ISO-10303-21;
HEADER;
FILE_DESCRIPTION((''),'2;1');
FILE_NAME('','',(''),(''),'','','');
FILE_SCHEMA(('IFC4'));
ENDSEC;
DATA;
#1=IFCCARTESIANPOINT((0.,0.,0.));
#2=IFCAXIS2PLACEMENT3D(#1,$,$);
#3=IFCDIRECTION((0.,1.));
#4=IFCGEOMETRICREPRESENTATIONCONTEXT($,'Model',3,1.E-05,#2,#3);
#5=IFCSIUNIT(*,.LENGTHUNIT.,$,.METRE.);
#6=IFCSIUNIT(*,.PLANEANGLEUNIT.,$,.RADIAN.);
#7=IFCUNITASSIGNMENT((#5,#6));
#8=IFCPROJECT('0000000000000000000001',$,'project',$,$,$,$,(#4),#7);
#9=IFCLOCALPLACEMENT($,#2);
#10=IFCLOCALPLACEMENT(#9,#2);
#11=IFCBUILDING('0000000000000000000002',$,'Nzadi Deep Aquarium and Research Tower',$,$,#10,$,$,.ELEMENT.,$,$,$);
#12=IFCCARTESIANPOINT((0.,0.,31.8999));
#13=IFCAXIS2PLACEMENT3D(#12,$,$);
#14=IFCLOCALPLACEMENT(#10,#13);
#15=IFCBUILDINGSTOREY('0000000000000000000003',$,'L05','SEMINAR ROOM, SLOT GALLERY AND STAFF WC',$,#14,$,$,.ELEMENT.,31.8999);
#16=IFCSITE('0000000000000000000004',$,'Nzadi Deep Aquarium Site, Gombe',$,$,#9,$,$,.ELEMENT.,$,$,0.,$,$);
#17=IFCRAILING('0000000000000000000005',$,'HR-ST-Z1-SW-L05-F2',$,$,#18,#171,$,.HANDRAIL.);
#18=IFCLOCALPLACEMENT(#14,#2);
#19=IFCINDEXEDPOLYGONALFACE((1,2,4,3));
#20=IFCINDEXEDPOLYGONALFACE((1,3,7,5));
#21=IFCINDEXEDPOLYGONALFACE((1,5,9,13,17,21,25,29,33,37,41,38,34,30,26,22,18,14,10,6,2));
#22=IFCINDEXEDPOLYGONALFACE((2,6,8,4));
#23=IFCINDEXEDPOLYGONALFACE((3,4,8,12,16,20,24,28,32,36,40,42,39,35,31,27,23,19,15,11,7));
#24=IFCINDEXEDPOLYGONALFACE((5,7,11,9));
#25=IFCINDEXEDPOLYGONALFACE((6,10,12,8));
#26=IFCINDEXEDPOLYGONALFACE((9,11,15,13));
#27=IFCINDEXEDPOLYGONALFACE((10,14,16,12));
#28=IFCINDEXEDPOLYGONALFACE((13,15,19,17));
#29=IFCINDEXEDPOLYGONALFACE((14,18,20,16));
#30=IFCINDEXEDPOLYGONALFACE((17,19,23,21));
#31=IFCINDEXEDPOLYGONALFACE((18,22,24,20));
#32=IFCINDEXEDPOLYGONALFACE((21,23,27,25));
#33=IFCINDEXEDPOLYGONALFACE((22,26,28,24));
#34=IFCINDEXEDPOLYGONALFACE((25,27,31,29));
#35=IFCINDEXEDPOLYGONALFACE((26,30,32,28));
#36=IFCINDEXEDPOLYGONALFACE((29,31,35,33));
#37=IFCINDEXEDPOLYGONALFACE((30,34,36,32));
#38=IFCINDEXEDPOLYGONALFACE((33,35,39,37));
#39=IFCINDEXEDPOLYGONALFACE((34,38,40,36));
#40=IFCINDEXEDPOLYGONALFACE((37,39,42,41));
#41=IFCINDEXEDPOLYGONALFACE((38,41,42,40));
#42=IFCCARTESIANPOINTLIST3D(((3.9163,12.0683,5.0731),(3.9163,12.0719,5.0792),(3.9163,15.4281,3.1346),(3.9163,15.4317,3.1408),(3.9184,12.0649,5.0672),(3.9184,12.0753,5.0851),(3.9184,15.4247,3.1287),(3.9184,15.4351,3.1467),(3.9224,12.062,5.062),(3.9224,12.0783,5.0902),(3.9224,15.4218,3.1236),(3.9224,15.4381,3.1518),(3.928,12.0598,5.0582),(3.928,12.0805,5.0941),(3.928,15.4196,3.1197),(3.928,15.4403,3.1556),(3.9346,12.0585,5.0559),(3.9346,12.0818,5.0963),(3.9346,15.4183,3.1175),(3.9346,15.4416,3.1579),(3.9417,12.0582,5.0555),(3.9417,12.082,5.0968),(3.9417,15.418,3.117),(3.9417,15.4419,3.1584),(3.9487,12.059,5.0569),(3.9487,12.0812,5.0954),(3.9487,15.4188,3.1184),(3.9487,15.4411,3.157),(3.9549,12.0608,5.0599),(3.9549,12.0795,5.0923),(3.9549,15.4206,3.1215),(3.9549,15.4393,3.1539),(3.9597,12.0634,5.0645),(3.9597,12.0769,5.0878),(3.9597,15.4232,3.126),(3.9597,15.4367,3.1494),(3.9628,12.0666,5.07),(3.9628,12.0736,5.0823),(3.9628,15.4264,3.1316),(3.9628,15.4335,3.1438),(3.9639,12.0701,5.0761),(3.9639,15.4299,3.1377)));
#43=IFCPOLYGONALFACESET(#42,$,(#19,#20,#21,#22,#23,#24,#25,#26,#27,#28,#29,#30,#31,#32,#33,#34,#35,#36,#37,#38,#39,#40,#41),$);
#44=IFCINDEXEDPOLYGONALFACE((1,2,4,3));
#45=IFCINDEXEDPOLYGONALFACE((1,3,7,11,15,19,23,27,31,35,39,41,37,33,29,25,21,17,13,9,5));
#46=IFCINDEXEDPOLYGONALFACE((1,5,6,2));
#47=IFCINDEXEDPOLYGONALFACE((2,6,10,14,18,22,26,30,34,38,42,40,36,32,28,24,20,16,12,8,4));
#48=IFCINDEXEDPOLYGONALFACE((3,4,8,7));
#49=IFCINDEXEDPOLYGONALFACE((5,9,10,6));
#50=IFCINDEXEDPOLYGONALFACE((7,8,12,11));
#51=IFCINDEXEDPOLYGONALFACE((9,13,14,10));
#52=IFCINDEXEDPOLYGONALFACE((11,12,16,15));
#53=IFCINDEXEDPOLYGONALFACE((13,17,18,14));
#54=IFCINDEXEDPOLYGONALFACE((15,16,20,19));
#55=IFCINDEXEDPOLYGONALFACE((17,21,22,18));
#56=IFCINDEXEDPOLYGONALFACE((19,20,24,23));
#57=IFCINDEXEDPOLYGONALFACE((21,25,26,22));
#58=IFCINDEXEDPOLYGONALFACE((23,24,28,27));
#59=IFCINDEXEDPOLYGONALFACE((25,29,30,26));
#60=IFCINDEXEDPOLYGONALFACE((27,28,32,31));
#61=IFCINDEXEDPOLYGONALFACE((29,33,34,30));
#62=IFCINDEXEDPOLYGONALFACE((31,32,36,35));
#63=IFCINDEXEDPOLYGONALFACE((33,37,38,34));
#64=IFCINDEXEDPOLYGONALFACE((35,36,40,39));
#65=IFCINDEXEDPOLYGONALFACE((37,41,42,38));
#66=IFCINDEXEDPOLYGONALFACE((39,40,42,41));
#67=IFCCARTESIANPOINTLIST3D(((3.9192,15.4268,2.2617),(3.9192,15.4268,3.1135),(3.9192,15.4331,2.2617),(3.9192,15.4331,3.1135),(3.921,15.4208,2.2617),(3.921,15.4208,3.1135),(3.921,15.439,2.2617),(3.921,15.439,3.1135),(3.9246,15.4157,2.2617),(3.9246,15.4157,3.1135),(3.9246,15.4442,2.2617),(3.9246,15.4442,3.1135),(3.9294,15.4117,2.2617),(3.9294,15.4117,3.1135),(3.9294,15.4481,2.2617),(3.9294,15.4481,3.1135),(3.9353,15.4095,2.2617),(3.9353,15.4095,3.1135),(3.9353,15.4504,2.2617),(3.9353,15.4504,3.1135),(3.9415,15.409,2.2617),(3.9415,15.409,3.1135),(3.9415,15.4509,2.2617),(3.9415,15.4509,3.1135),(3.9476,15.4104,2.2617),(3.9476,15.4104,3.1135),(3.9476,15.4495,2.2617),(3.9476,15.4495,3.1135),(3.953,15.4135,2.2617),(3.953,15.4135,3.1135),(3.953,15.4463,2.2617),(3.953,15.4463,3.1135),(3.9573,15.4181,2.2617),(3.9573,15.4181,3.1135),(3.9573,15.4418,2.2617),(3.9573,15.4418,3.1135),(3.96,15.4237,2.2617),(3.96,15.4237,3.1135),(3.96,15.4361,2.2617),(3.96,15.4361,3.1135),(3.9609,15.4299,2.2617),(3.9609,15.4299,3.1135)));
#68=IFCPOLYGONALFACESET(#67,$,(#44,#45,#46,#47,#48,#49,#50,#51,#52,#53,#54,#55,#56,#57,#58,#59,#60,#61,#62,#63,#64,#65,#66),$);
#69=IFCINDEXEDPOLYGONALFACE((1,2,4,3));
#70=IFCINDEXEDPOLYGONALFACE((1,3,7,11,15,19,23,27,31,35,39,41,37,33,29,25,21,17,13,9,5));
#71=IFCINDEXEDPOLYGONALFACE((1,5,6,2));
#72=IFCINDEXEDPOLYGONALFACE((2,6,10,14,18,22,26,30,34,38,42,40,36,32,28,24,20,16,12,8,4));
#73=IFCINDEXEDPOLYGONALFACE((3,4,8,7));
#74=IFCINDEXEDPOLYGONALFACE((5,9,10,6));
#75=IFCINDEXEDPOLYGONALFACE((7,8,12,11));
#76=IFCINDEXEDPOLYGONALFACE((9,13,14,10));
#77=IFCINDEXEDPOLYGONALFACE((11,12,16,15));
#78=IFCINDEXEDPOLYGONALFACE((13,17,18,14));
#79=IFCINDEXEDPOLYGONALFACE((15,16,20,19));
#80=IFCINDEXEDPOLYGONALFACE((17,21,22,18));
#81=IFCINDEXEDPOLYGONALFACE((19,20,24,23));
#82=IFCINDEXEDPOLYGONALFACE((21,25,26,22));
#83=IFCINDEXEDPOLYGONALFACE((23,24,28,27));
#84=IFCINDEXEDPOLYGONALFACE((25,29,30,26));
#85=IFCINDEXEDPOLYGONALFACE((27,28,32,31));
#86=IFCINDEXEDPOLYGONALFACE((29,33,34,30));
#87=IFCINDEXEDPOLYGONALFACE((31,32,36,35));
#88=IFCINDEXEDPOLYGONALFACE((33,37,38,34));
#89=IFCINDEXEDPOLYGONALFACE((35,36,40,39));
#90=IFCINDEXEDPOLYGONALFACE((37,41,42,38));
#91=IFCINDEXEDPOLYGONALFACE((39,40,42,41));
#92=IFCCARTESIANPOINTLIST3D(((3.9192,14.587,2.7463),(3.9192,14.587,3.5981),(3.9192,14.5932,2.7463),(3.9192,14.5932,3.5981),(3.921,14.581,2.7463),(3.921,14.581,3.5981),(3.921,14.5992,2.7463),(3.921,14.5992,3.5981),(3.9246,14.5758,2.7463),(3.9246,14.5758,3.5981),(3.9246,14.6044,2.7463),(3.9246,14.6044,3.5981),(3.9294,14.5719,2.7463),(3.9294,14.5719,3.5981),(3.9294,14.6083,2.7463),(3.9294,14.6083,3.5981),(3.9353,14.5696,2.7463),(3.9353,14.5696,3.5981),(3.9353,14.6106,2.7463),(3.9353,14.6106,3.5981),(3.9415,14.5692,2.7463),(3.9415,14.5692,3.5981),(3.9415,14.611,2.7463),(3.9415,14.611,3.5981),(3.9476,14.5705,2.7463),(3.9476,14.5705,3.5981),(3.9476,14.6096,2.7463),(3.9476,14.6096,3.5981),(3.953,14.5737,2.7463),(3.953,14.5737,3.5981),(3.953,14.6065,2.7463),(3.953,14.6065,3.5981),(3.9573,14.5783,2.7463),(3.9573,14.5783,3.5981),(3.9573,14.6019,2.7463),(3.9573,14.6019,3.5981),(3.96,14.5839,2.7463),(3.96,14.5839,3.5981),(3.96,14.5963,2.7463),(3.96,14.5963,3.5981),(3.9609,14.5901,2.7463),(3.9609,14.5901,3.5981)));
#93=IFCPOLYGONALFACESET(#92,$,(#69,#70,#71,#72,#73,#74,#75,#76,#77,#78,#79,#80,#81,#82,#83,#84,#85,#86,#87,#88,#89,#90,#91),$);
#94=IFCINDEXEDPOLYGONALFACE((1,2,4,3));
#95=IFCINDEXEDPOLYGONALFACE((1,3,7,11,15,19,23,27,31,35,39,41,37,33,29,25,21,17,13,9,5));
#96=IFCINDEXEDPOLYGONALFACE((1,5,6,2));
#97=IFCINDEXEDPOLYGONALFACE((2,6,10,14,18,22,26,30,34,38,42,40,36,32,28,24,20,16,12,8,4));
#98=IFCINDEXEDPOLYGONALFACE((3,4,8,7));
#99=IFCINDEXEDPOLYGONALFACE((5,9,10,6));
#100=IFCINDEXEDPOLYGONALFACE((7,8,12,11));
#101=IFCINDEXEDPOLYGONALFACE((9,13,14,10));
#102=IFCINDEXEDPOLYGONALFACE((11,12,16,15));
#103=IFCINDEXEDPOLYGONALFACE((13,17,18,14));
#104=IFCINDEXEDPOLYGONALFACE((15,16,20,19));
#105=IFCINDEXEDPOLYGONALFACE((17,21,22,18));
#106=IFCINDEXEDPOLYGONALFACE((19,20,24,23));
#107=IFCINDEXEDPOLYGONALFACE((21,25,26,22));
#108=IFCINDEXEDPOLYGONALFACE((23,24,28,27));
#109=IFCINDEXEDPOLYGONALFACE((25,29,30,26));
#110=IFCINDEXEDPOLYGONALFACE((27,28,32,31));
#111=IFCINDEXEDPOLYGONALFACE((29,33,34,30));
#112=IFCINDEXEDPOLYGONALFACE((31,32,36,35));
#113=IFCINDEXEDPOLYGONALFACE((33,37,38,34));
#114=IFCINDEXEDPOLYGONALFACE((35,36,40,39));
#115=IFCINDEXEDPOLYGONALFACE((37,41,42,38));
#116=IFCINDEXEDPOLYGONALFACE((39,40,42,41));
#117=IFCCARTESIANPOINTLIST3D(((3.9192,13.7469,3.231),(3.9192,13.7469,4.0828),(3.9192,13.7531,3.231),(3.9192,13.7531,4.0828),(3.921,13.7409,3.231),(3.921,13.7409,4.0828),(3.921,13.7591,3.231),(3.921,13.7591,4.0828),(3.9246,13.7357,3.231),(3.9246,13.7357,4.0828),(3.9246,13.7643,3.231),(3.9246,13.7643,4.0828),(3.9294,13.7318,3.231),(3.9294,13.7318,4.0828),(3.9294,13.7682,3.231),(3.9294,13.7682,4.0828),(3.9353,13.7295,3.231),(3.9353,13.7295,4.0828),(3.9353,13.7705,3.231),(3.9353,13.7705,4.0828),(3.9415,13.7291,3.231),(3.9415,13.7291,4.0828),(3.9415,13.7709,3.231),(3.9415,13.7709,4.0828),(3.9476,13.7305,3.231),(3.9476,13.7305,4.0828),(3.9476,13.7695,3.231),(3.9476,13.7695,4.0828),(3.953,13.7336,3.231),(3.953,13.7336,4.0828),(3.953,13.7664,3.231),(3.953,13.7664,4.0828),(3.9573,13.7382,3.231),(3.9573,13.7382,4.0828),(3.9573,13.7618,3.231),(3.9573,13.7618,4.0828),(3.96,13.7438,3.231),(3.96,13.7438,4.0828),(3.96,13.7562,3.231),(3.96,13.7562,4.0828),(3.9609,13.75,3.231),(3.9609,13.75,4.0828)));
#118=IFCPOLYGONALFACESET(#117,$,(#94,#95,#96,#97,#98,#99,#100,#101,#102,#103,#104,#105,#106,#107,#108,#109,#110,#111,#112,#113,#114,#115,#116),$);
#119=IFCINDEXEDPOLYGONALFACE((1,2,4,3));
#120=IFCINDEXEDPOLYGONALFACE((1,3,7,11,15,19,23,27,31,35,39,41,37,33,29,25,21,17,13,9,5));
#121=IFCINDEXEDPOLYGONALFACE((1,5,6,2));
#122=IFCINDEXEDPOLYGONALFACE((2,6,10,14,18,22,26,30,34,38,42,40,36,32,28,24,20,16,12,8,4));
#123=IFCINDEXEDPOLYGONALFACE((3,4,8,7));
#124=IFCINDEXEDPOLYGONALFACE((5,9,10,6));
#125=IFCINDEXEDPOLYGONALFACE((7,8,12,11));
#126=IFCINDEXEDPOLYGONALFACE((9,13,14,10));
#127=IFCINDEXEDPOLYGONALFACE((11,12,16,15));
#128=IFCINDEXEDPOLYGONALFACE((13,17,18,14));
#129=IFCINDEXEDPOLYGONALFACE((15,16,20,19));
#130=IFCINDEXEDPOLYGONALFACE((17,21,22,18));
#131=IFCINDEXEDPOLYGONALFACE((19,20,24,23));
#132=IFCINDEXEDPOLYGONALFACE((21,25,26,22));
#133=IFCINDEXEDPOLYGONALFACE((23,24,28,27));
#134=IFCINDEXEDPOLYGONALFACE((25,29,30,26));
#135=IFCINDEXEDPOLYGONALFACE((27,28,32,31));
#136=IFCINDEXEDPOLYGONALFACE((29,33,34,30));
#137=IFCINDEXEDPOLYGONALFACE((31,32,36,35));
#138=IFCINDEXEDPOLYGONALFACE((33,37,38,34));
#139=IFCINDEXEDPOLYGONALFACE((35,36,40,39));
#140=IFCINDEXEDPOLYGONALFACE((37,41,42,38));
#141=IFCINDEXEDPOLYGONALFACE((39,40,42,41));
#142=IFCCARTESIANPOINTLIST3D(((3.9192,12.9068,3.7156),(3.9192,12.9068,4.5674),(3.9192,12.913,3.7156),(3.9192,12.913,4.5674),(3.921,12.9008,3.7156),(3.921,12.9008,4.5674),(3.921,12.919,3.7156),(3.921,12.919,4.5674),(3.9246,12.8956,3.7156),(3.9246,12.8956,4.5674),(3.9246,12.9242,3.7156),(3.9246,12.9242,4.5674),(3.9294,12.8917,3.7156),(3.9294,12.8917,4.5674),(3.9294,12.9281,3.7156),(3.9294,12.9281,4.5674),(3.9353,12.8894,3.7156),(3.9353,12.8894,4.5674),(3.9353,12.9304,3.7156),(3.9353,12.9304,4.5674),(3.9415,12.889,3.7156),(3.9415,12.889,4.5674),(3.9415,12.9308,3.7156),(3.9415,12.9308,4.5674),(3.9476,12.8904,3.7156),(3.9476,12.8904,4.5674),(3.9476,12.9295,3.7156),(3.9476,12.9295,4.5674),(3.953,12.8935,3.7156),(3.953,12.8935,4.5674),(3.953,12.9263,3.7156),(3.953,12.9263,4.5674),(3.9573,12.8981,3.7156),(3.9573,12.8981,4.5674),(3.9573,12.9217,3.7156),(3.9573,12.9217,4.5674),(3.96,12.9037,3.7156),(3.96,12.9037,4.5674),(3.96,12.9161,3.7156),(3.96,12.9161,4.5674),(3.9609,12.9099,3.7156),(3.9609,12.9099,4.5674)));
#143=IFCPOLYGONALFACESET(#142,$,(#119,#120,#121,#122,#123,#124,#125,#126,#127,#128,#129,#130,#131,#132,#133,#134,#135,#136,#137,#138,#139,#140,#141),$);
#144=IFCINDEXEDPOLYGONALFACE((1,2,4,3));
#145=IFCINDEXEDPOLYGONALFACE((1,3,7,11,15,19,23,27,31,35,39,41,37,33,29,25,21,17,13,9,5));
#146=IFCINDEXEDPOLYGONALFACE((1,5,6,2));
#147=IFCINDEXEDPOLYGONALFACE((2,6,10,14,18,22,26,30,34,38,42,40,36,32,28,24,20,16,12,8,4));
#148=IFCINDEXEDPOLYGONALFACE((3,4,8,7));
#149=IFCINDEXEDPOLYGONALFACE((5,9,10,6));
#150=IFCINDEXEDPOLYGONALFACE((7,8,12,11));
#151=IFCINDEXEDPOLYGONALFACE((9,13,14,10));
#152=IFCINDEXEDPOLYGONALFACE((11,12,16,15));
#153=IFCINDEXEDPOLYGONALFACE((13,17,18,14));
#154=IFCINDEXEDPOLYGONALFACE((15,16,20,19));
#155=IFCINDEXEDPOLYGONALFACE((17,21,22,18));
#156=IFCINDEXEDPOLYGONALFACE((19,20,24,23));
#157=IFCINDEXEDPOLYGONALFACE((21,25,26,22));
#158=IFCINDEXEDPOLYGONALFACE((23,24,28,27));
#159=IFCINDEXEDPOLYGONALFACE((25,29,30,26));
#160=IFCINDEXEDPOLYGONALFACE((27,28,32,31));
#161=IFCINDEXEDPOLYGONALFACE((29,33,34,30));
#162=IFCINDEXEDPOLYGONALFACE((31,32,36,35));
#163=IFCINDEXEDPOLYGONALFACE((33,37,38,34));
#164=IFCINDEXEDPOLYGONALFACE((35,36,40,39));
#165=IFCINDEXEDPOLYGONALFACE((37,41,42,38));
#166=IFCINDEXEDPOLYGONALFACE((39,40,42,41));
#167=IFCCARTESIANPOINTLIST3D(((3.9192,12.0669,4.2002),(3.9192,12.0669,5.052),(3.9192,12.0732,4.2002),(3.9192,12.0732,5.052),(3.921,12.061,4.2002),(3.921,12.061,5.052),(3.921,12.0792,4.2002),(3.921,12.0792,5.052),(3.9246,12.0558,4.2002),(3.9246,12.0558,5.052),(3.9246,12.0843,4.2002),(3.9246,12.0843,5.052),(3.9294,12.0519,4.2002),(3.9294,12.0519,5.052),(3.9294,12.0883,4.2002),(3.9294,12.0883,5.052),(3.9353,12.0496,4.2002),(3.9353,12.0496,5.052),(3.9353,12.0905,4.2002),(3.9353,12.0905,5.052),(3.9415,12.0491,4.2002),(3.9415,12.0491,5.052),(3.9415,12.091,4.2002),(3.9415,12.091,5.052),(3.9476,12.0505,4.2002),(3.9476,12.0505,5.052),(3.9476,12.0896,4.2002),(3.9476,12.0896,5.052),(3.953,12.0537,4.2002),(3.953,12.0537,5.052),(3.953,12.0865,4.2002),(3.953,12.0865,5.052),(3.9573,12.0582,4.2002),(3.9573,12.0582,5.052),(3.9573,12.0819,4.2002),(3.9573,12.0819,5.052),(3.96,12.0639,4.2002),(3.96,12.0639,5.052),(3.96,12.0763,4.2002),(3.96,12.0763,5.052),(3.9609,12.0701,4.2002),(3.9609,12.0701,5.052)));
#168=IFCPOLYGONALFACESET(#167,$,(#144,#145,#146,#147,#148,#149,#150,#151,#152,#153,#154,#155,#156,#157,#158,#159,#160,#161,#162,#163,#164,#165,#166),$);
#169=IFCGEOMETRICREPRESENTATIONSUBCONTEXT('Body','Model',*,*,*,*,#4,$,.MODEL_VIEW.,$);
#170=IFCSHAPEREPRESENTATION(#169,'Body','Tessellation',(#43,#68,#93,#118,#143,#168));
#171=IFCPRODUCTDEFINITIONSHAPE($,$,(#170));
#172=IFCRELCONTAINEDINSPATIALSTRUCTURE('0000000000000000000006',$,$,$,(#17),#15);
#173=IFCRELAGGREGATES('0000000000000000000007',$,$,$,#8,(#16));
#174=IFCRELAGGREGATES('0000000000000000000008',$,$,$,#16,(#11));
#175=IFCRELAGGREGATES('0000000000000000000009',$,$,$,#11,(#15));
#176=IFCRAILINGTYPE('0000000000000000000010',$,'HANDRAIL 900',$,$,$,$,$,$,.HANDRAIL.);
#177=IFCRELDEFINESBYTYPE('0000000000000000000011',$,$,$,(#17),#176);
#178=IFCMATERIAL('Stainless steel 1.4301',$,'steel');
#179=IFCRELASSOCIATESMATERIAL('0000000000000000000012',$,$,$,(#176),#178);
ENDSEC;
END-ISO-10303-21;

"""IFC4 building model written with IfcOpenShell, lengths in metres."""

from ifc_helpers import new_model, si_unit, direction, frame, origin, origin_2d, place, context, subcontext, project, spatial, circle, extrude, material, type_object, element, save


model = new_model("IFC4")

# Units and contexts
model_context = context("Model", 3, precision=1e-05, world=origin(), true_north=direction((0.0, 1.0)))
body_context = subcontext(model_context, "Body", "Model", "MODEL_VIEW")
ifc_project = project(units=[si_unit("LENGTHUNIT", "METRE"), si_unit("PLANEANGLEUNIT", "RADIAN")], contexts=[model_context])

# Site, building, storey
site_placement = place(None, origin())
site = spatial("IfcSite", under=ifc_project, at=site_placement, Name="Nzadi Deep Aquarium Site, Gombe", CompositionType="ELEMENT", RefElevation=0.0)
building_placement = place(site_placement, origin())
building = spatial("IfcBuilding", under=site, at=building_placement, Name="Nzadi Deep Aquarium and Research Tower", CompositionType="ELEMENT")
storey_placement = place(building_placement, frame((0.0, 0.0, 31.8999)))
storey = spatial("IfcBuildingStorey", under=building, at=storey_placement, Name="L05", Description="SEMINAR ROOM, SLOT GALLERY AND STAFF WC", CompositionType="ELEMENT", Elevation=31.8999)

# Railing
ifc_material_1 = material(Name="Stainless steel 1.4301", Category="steel")
railing_type = type_object("IfcRailingType", Name="HANDRAIL 900", PredefinedType="HANDRAIL", material=ifc_material_1)
for number, where, name in (
    (1, (3.9399, 15.4299, 2.2617), "HR-ST-Z1-SW-L05-F2"),
):
    element("IfcRailing", number, at=place(storey_placement, frame(where)), inside=storey, type_object=railing_type, Name=name, PredefinedType="HANDRAIL", context=body_context, shape_type="SweptSolid", body=[
        extrude(circle(Radius=0.0239, at=origin_2d()), frame((0.0, 0.0, 0.876), z_axis=(0.0, -0.866175, 0.499741), x_axis=(1.0, 0.0, 0.0)), (0.0, 0.0, 1.0), 3.8789),
        extrude(circle(Radius=0.021, at=origin_2d()), origin(), (0.0, 0.0, 1.0), 0.8518),
        extrude(circle(Radius=0.021, at=origin_2d()), frame((0.0, -0.8398, 0.4846)), (0.0, 0.0, 1.0), 0.8518),
        extrude(circle(Radius=0.021, at=origin_2d()), frame((0.0, -1.6799, 0.9692)), (0.0, 0.0, 1.0), 0.8518),
        extrude(circle(Radius=0.021, at=origin_2d()), frame((0.0, -2.52, 1.4539)), (0.0, 0.0, 1.0), 0.8518),
        extrude(circle(Radius=0.021, at=origin_2d()), frame((0.0, -3.3599, 1.9385)), (0.0, 0.0, 1.0), 0.8518),
    ])

save(model, "model.ifc")
